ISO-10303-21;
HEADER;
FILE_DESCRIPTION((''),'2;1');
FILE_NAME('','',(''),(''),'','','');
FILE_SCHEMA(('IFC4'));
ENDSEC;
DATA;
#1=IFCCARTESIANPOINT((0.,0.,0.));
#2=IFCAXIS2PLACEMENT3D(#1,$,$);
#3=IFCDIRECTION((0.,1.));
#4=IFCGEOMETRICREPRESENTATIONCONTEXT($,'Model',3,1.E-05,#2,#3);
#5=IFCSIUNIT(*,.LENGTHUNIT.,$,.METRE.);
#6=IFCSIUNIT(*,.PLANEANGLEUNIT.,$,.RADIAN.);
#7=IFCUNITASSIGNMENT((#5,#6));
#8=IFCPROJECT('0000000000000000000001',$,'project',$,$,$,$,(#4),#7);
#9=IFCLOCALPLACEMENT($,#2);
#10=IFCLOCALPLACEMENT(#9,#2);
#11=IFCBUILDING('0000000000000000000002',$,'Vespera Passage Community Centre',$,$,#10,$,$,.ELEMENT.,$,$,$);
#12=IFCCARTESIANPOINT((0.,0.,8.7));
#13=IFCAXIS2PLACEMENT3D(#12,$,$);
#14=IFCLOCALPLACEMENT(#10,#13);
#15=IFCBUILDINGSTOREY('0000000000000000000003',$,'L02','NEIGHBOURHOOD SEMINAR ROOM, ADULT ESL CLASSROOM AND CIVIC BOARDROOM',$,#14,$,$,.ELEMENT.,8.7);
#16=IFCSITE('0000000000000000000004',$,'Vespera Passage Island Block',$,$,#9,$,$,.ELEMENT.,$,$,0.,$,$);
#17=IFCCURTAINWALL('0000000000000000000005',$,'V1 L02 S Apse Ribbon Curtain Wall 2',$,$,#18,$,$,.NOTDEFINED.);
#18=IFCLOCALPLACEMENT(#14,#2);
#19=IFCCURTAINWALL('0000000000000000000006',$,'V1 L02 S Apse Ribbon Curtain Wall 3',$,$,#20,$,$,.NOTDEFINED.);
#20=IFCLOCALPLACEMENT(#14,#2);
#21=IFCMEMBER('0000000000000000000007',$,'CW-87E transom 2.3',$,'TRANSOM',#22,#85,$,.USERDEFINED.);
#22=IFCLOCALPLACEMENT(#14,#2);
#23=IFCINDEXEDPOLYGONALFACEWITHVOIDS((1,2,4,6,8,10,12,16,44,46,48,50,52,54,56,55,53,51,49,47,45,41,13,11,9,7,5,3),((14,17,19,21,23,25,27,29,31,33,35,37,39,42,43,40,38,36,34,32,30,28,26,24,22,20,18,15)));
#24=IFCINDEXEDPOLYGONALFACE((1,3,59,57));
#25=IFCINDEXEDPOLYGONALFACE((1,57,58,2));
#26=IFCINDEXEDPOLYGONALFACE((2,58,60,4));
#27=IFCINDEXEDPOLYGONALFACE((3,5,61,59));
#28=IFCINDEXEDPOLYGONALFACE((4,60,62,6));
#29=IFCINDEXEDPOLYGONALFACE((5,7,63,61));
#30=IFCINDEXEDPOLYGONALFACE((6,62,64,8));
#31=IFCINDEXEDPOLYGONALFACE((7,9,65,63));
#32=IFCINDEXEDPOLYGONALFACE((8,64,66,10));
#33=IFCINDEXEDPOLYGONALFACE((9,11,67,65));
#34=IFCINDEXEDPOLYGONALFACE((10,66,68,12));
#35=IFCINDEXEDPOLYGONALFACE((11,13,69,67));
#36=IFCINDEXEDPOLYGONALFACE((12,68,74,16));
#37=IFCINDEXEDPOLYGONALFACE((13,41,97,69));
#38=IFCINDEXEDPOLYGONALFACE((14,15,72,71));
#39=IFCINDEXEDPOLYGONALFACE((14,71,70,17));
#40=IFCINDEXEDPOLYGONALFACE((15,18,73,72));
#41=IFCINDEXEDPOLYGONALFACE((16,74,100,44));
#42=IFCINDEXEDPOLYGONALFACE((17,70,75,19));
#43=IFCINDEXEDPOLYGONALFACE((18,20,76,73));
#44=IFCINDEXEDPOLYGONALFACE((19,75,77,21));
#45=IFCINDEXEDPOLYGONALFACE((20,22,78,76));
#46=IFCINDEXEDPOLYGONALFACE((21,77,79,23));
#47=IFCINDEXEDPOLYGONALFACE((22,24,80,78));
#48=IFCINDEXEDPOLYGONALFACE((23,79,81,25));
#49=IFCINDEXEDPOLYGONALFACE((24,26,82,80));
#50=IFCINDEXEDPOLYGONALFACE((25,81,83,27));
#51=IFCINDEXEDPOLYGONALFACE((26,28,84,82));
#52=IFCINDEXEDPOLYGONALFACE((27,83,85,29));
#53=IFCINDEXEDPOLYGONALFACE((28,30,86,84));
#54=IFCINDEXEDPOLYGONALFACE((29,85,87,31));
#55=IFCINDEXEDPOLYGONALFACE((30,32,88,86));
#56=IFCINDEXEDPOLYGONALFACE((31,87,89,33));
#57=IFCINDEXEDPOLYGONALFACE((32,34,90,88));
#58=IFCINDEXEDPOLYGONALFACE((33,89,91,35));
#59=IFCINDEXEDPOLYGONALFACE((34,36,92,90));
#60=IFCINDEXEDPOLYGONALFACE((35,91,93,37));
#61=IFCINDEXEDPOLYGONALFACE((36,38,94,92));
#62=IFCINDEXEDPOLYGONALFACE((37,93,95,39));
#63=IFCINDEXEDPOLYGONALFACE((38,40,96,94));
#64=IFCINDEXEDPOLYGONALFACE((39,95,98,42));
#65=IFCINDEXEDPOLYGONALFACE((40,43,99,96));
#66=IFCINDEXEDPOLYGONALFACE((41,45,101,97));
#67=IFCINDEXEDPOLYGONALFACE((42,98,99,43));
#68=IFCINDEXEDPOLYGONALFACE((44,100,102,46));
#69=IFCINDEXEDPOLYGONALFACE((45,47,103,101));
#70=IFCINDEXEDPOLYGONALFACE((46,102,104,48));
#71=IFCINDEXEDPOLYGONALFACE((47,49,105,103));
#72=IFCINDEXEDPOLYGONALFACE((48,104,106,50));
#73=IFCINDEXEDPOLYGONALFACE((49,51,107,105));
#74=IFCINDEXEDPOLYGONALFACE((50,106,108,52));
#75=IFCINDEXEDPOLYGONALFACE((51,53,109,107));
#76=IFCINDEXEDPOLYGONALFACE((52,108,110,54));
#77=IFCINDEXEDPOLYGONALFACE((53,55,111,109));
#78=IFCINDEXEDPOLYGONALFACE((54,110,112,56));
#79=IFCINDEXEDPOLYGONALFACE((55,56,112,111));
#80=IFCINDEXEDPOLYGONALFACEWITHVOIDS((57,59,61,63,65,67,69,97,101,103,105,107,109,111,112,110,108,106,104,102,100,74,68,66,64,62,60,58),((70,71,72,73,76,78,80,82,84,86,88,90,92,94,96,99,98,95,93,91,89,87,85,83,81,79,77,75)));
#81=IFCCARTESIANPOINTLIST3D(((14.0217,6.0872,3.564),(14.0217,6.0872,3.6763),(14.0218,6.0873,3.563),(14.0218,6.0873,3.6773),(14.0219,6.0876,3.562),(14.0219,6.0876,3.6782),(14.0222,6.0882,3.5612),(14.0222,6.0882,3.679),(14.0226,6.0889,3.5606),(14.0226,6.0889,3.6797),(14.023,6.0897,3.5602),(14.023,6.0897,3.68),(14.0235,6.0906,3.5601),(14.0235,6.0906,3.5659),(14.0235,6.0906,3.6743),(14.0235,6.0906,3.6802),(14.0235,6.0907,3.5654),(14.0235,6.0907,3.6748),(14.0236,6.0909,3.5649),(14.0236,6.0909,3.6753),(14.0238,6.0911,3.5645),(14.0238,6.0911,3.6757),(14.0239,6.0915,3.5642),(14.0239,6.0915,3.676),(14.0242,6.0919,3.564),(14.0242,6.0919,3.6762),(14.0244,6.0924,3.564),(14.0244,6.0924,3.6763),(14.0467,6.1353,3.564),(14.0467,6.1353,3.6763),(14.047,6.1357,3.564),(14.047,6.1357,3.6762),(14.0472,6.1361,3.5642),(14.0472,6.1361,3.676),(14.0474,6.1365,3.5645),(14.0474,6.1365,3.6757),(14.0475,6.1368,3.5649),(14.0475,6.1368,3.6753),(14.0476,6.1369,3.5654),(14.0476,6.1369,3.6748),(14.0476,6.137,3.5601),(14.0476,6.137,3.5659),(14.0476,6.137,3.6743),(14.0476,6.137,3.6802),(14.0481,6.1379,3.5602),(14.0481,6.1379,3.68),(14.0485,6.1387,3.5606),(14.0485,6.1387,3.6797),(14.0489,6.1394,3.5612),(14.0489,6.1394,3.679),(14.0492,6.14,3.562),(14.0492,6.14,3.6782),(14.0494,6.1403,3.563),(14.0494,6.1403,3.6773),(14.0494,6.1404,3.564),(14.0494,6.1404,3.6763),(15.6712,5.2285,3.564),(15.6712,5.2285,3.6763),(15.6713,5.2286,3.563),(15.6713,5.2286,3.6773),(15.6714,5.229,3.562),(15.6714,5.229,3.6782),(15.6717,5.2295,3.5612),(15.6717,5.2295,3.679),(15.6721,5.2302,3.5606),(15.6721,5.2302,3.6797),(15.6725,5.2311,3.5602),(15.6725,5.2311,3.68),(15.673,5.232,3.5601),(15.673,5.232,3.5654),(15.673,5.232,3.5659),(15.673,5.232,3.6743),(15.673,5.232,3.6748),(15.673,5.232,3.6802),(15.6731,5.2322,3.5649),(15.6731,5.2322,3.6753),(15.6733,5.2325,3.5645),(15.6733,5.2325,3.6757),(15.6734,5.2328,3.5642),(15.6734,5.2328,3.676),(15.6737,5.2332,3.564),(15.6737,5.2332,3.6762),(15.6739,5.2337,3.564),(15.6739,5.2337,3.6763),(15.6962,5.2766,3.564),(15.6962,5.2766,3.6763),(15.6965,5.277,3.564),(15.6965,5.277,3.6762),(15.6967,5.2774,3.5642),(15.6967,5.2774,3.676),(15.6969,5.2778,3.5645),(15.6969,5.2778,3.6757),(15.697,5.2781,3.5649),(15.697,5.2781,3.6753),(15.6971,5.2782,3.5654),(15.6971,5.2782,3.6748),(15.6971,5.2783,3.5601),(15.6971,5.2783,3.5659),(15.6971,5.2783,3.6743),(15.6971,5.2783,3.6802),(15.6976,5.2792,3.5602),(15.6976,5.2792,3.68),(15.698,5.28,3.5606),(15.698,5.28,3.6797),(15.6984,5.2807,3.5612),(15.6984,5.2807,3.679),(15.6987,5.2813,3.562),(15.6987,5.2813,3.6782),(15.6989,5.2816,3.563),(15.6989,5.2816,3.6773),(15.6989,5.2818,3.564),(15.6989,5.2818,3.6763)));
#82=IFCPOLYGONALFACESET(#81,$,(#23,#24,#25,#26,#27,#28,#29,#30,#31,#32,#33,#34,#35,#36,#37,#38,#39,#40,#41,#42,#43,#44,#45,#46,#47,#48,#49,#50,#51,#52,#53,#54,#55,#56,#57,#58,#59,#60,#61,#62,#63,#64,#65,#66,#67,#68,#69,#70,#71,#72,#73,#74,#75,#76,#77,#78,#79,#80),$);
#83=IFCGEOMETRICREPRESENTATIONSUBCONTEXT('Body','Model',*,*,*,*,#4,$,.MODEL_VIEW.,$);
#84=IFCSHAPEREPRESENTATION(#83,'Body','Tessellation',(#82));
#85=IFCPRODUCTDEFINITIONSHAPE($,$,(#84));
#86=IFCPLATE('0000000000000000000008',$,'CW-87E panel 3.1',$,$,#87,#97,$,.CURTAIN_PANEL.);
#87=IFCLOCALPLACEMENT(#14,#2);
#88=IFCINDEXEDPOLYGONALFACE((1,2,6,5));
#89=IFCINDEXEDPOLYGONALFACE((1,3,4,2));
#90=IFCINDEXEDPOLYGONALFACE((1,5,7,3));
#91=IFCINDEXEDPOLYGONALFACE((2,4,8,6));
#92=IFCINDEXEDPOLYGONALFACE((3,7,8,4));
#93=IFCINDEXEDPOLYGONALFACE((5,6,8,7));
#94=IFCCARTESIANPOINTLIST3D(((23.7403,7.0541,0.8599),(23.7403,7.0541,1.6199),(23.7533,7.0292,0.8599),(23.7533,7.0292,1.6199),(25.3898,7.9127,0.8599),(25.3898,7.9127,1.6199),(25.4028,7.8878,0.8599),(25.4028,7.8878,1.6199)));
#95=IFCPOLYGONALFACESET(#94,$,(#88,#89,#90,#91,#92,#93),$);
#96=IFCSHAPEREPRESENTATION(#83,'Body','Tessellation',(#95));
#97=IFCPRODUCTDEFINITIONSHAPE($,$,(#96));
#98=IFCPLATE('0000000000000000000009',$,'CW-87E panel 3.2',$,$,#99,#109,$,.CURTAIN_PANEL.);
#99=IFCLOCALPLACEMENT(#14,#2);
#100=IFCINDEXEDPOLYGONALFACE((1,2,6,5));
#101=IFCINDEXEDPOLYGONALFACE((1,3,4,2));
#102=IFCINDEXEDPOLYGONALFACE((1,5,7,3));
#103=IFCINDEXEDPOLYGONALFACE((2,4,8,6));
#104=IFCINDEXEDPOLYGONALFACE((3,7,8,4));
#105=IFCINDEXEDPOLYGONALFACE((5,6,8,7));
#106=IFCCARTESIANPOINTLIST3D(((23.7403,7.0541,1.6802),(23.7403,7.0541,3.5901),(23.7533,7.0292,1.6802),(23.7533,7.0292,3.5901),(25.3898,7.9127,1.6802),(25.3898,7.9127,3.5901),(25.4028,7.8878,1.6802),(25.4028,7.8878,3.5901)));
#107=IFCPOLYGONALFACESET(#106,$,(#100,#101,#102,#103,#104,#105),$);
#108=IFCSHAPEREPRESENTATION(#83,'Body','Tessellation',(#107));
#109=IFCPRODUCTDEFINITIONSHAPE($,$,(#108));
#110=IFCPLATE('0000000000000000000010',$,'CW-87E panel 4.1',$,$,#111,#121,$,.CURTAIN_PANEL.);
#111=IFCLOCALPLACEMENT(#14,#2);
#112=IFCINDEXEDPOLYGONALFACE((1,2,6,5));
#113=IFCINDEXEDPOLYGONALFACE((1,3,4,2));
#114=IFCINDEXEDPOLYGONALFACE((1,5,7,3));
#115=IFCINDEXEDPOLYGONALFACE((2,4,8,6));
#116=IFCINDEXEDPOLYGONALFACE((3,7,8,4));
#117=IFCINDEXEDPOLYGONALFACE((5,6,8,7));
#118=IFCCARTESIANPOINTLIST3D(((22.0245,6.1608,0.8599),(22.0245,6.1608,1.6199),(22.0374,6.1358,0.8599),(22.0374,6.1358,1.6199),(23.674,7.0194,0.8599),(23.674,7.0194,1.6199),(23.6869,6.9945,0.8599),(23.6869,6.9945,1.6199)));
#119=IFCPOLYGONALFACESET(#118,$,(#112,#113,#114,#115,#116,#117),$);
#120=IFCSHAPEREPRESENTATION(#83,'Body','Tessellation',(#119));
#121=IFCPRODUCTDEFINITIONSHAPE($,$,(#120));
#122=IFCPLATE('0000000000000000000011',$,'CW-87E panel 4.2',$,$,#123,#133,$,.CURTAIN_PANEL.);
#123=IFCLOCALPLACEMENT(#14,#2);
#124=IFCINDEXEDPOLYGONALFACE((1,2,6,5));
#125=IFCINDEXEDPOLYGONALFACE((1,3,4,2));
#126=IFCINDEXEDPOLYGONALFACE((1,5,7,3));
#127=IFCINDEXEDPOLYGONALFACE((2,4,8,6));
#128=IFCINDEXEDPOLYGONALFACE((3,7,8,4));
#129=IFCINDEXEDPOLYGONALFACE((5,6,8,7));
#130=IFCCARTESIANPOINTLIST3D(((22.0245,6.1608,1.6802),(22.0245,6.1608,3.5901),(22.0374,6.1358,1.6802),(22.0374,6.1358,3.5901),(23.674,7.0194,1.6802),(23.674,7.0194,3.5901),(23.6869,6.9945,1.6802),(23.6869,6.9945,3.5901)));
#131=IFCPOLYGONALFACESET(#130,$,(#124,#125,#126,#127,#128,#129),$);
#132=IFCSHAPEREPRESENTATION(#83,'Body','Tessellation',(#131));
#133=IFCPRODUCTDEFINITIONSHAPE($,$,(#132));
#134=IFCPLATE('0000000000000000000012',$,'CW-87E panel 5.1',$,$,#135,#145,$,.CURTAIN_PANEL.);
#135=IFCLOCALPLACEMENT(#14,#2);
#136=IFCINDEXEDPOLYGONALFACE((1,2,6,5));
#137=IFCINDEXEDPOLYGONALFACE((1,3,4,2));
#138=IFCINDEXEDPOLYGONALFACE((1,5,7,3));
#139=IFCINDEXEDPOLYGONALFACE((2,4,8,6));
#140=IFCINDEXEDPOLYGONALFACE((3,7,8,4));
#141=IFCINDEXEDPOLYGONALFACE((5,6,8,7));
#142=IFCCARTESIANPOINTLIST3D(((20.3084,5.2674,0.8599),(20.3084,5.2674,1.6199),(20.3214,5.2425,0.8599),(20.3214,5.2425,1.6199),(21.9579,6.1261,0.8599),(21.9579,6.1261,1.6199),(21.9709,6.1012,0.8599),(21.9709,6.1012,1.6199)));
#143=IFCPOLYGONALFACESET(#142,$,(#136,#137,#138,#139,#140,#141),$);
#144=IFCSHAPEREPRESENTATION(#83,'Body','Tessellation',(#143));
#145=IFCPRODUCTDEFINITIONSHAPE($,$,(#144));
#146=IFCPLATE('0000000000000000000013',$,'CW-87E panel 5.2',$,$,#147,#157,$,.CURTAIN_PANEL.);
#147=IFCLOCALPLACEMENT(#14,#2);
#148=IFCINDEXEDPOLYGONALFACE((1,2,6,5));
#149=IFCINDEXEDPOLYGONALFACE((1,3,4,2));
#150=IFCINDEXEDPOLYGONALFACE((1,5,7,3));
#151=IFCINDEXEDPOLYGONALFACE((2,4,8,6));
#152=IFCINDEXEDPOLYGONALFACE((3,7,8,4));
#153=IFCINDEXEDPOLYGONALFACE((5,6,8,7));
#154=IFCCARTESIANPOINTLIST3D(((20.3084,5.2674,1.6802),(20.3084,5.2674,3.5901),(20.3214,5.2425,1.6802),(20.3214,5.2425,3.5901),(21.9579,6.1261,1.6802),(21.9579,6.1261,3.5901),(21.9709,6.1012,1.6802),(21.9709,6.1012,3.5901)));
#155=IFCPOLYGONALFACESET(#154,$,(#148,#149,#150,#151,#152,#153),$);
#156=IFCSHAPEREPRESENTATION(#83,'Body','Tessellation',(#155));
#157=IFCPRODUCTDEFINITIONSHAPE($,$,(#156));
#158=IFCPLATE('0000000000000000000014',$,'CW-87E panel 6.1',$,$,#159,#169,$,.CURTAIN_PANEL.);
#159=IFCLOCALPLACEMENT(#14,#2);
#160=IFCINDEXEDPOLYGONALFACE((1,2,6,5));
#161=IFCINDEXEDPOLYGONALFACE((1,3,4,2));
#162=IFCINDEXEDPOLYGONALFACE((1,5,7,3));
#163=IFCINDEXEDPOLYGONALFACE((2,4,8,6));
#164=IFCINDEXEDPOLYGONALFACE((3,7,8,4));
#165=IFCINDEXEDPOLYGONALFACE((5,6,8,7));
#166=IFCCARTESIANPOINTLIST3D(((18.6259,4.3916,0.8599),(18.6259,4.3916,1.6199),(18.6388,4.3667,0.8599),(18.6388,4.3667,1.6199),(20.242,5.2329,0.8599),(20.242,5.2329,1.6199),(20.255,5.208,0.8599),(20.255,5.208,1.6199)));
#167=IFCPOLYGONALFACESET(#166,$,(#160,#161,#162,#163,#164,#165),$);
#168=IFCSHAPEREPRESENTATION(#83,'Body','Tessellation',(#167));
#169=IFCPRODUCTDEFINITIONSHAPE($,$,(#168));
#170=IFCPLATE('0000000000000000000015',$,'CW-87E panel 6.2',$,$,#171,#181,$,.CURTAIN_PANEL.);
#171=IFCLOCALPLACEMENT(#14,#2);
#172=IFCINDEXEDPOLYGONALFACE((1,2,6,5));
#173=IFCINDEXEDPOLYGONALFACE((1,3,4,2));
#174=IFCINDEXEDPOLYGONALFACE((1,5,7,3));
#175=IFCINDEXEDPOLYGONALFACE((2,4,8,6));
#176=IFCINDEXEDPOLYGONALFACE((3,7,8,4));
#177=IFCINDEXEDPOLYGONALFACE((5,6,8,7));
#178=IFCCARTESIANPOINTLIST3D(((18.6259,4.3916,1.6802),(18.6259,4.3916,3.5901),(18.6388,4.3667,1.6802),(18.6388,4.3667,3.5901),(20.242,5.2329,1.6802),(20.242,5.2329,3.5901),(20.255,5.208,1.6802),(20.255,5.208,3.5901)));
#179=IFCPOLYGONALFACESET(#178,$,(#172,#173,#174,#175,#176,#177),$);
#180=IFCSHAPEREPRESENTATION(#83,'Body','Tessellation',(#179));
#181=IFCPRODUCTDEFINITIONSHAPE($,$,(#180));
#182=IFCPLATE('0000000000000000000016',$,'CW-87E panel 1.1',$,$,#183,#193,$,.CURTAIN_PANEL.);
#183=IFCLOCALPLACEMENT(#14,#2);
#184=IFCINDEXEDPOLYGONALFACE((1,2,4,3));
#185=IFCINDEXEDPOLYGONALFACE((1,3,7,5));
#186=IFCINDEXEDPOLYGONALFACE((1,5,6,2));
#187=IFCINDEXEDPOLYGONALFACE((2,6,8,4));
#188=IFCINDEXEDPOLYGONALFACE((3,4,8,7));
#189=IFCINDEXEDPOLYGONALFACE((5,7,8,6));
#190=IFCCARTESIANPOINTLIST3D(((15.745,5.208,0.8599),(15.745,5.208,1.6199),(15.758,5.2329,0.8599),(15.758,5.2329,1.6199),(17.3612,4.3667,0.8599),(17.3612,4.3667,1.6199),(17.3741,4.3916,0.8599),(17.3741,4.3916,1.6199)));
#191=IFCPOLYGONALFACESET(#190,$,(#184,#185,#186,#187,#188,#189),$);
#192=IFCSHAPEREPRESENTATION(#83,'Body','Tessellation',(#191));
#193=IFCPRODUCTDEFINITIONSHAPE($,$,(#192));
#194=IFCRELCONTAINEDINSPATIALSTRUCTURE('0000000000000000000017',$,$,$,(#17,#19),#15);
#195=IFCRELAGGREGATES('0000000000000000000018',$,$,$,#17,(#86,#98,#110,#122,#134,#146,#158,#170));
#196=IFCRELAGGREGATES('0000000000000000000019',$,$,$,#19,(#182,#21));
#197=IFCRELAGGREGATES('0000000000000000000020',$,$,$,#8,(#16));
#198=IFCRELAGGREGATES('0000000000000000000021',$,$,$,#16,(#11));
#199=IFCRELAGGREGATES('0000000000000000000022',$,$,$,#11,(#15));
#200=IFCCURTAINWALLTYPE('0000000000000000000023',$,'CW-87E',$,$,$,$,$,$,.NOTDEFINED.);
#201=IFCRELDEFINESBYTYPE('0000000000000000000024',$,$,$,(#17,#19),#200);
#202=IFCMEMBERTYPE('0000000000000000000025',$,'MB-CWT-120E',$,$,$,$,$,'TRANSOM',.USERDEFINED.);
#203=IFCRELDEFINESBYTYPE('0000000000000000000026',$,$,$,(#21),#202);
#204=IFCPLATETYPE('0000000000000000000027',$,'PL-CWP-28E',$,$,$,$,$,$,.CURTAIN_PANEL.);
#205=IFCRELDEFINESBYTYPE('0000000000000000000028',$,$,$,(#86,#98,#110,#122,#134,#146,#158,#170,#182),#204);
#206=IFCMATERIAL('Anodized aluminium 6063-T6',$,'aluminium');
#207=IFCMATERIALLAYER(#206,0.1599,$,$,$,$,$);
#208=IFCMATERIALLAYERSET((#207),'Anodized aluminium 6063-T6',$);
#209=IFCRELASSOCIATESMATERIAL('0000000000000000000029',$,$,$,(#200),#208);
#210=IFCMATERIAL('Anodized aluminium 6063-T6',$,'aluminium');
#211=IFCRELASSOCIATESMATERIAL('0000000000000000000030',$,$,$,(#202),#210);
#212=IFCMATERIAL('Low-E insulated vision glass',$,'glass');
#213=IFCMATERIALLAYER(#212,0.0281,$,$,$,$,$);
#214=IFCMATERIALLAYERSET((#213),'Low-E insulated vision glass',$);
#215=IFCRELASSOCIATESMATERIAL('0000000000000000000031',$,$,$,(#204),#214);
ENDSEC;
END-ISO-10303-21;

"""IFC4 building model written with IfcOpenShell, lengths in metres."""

from ifc_helpers import new_model, si_unit, direction, frame, origin, origin_2d, place, context, subcontext, project, spatial, rectangle, hollow_rectangle, extrude, material, layer, layer_set, material_profile, profile_set, type_object, element, aggregate, save


model = new_model("IFC4")

# Units and contexts
model_context = context("Model", 3, precision=1e-05, world=origin(), true_north=direction((0.0, 1.0)))
body_context = subcontext(model_context, "Body", "Model", "MODEL_VIEW")
ifc_project = project(units=[si_unit("LENGTHUNIT", "METRE"), si_unit("PLANEANGLEUNIT", "RADIAN")], contexts=[model_context])

# Site, building, storey
site_placement = place(None, origin())
site = spatial("IfcSite", under=ifc_project, at=site_placement, Name="Vespera Passage Island Block", CompositionType="ELEMENT", RefElevation=0.0)
building_placement = place(site_placement, origin())
building = spatial("IfcBuilding", under=site, at=building_placement, Name="Vespera Passage Community Centre", CompositionType="ELEMENT")
storey_placement = place(building_placement, frame((0.0, 0.0, 8.7)))
storey = spatial("IfcBuildingStorey", under=building, at=storey_placement, Name="L02", Description="NEIGHBOURHOOD SEMINAR ROOM, ADULT ESL CLASSROOM AND CIVIC BOARDROOM", CompositionType="ELEMENT", Elevation=8.7)

# Curtain walls
ifc_material_1 = material(Name="Anodized aluminium 6063-T6", Category="aluminium")
ifc_layer_1 = layer(ifc_material_1, 0.1599)
ifc_layer_set_1 = layer_set([ifc_layer_1], Name="Anodized aluminium 6063-T6")
curtain_wall_type = type_object("IfcCurtainWallType", Name="CW-87E", PredefinedType="NOTDEFINED", material=ifc_layer_set_1)
curtain_wall_1_placement = place(storey_placement, origin())
curtain_wall_1 = element("IfcCurtainWall", 1, at=curtain_wall_1_placement, inside=storey, type_object=curtain_wall_type, Name="V1 L02 S Apse Ribbon Curtain Wall 2", PredefinedType="NOTDEFINED")
curtain_wall_2_placement = place(storey_placement, origin())
curtain_wall_2 = element("IfcCurtainWall", 2, at=curtain_wall_2_placement, inside=storey, type_object=curtain_wall_type, Name="V1 L02 S Apse Ribbon Curtain Wall 3", PredefinedType="NOTDEFINED")

# Member
ifc_material_2 = material(Name="Anodized aluminium 6063-T6", Category="aluminium")
ifc_material_profile_1 = material_profile(ifc_material_2, hollow_rectangle(XDim=0.0601, YDim=0.1201, WallThickness=0.0039, InnerFilletRadius=0.002, OuterFilletRadius=0.0039, at=origin_2d()), Name="ALU120X60X4")
ifc_profile_set_1 = profile_set([ifc_material_profile_1], Name="Anodized aluminium 6063-T6")
member_type_1 = type_object("IfcMemberType", Name="MB-CWT-120E", ElementType="TRANSOM", PredefinedType="USERDEFINED", material=ifc_profile_set_1)
member_1_placement = place(storey_placement, frame((15.6851, 5.2551, 3.6201), z_axis=(-0.887008, 0.461754, 0.0), x_axis=(-0.461754, -0.887008, 0.0)))
member_1 = element("IfcMember", 3, at=member_1_placement, type_object=member_type_1, Name="CW-87E transom 2.3", ObjectType="TRANSOM", PredefinedType="USERDEFINED", context=body_context, shape_type="SweptSolid", body=[
    extrude(hollow_rectangle(XDim=0.0601, YDim=0.1201, WallThickness=0.0039, InnerFilletRadius=0.002, OuterFilletRadius=0.0039, at=origin_2d()), origin(), (0.0, 0.0, 1.0), 1.8596),
])

# Plates
ifc_material_3 = material(Name="Low-E insulated vision glass", Category="glass")
ifc_layer_2 = layer(ifc_material_3, 0.0281)
ifc_layer_set_2 = layer_set([ifc_layer_2], Name="Low-E insulated vision glass")
plate_type = type_object("IfcPlateType", Name="PL-CWP-28E", PredefinedType="CURTAIN_PANEL", material=ifc_layer_set_2)
plate_1_placement = place(storey_placement, frame((24.5715, 7.4709, 0.8599), z_axis=(0.0, 0.0, 1.0), x_axis=(-0.887013, -0.461745, 0.0)))
plate_1 = element("IfcPlate", 4, at=plate_1_placement, type_object=plate_type, Name="CW-87E panel 3.1", PredefinedType="CURTAIN_PANEL", context=body_context, shape_type="SweptSolid", body=[
    extrude(rectangle(XDim=1.8596, YDim=0.0281, at=origin_2d()), origin(), (0.0, 0.0, 1.0), 0.76),
])
plate_2_placement = place(storey_placement, frame((24.5715, 7.4709, 1.6802), z_axis=(0.0, 0.0, 1.0), x_axis=(-0.887013, -0.461745, 0.0)))
plate_2 = element("IfcPlate", 5, at=plate_2_placement, type_object=plate_type, Name="CW-87E panel 3.2", PredefinedType="CURTAIN_PANEL", context=body_context, shape_type="SweptSolid", body=[
    extrude(rectangle(XDim=1.8596, YDim=0.0281, at=origin_2d()), origin(), (0.0, 0.0, 1.0), 1.9099),
])
plate_3_placement = place(storey_placement, frame((22.8557, 6.5776, 0.8599), z_axis=(0.0, 0.0, 1.0), x_axis=(-0.887013, -0.461745, 0.0)))
plate_3 = element("IfcPlate", 6, at=plate_3_placement, type_object=plate_type, Name="CW-87E panel 4.1", PredefinedType="CURTAIN_PANEL", context=body_context, shape_type="SweptSolid", body=[
    extrude(rectangle(XDim=1.8596, YDim=0.0281, at=origin_2d()), origin(), (0.0, 0.0, 1.0), 0.76),
])
plate_4_placement = place(storey_placement, frame((22.8557, 6.5776, 1.6802), z_axis=(0.0, 0.0, 1.0), x_axis=(-0.887013, -0.461745, 0.0)))
plate_4 = element("IfcPlate", 7, at=plate_4_placement, type_object=plate_type, Name="CW-87E panel 4.2", PredefinedType="CURTAIN_PANEL", context=body_context, shape_type="SweptSolid", body=[
    extrude(rectangle(XDim=1.8596, YDim=0.0281, at=origin_2d()), origin(), (0.0, 0.0, 1.0), 1.9099),
])
plate_5_placement = place(storey_placement, frame((21.1396, 5.6843, 0.8599), z_axis=(0.0, 0.0, 1.0), x_axis=(-0.887013, -0.461745, 0.0)))
plate_5 = element("IfcPlate", 8, at=plate_5_placement, type_object=plate_type, Name="CW-87E panel 5.1", PredefinedType="CURTAIN_PANEL", context=body_context, shape_type="SweptSolid", body=[
    extrude(rectangle(XDim=1.8596, YDim=0.0281, at=origin_2d()), origin(), (0.0, 0.0, 1.0), 0.76),
])
plate_6_placement = place(storey_placement, frame((21.1396, 5.6843, 1.6802), z_axis=(0.0, 0.0, 1.0), x_axis=(-0.887013, -0.461745, 0.0)))
plate_6 = element("IfcPlate", 9, at=plate_6_placement, type_object=plate_type, Name="CW-87E panel 5.2", PredefinedType="CURTAIN_PANEL", context=body_context, shape_type="SweptSolid", body=[
    extrude(rectangle(XDim=1.8596, YDim=0.0281, at=origin_2d()), origin(), (0.0, 0.0, 1.0), 1.9099),
])
plate_7_placement = place(storey_placement, frame((19.4404, 4.7998, 0.8599), z_axis=(0.0, 0.0, 1.0), x_axis=(-0.887013, -0.461745, 0.0)))
plate_7 = element("IfcPlate", 10, at=plate_7_placement, type_object=plate_type, Name="CW-87E panel 6.1", PredefinedType="CURTAIN_PANEL", context=body_context, shape_type="SweptSolid", body=[
    extrude(rectangle(XDim=1.822, YDim=0.0281, at=origin_2d()), origin(), (0.0, 0.0, 1.0), 0.76),
])
plate_8_placement = place(storey_placement, frame((19.4404, 4.7998, 1.6802), z_axis=(0.0, 0.0, 1.0), x_axis=(-0.887013, -0.461745, 0.0)))
plate_8 = element("IfcPlate", 11, at=plate_8_placement, type_object=plate_type, Name="CW-87E panel 6.2", PredefinedType="CURTAIN_PANEL", context=body_context, shape_type="SweptSolid", body=[
    extrude(rectangle(XDim=1.822, YDim=0.0281, at=origin_2d()), origin(), (0.0, 0.0, 1.0), 1.9099),
])
aggregate(curtain_wall_1, [plate_1, plate_2, plate_3, plate_4, plate_5, plate_6, plate_7, plate_8])
plate_9_placement = place(storey_placement, frame((16.5596, 4.7998, 0.8599), z_axis=(0.0, 0.0, 1.0), x_axis=(-0.887013, 0.461745, 0.0)))
plate_9 = element("IfcPlate", 12, at=plate_9_placement, type_object=plate_type, Name="CW-87E panel 1.1", PredefinedType="CURTAIN_PANEL", context=body_context, shape_type="SweptSolid", body=[
    extrude(rectangle(XDim=1.822, YDim=0.0281, at=origin_2d()), origin(), (0.0, 0.0, 1.0), 0.76),
])
aggregate(curtain_wall_2, [plate_9, member_1])

save(model, "model.ifc")
